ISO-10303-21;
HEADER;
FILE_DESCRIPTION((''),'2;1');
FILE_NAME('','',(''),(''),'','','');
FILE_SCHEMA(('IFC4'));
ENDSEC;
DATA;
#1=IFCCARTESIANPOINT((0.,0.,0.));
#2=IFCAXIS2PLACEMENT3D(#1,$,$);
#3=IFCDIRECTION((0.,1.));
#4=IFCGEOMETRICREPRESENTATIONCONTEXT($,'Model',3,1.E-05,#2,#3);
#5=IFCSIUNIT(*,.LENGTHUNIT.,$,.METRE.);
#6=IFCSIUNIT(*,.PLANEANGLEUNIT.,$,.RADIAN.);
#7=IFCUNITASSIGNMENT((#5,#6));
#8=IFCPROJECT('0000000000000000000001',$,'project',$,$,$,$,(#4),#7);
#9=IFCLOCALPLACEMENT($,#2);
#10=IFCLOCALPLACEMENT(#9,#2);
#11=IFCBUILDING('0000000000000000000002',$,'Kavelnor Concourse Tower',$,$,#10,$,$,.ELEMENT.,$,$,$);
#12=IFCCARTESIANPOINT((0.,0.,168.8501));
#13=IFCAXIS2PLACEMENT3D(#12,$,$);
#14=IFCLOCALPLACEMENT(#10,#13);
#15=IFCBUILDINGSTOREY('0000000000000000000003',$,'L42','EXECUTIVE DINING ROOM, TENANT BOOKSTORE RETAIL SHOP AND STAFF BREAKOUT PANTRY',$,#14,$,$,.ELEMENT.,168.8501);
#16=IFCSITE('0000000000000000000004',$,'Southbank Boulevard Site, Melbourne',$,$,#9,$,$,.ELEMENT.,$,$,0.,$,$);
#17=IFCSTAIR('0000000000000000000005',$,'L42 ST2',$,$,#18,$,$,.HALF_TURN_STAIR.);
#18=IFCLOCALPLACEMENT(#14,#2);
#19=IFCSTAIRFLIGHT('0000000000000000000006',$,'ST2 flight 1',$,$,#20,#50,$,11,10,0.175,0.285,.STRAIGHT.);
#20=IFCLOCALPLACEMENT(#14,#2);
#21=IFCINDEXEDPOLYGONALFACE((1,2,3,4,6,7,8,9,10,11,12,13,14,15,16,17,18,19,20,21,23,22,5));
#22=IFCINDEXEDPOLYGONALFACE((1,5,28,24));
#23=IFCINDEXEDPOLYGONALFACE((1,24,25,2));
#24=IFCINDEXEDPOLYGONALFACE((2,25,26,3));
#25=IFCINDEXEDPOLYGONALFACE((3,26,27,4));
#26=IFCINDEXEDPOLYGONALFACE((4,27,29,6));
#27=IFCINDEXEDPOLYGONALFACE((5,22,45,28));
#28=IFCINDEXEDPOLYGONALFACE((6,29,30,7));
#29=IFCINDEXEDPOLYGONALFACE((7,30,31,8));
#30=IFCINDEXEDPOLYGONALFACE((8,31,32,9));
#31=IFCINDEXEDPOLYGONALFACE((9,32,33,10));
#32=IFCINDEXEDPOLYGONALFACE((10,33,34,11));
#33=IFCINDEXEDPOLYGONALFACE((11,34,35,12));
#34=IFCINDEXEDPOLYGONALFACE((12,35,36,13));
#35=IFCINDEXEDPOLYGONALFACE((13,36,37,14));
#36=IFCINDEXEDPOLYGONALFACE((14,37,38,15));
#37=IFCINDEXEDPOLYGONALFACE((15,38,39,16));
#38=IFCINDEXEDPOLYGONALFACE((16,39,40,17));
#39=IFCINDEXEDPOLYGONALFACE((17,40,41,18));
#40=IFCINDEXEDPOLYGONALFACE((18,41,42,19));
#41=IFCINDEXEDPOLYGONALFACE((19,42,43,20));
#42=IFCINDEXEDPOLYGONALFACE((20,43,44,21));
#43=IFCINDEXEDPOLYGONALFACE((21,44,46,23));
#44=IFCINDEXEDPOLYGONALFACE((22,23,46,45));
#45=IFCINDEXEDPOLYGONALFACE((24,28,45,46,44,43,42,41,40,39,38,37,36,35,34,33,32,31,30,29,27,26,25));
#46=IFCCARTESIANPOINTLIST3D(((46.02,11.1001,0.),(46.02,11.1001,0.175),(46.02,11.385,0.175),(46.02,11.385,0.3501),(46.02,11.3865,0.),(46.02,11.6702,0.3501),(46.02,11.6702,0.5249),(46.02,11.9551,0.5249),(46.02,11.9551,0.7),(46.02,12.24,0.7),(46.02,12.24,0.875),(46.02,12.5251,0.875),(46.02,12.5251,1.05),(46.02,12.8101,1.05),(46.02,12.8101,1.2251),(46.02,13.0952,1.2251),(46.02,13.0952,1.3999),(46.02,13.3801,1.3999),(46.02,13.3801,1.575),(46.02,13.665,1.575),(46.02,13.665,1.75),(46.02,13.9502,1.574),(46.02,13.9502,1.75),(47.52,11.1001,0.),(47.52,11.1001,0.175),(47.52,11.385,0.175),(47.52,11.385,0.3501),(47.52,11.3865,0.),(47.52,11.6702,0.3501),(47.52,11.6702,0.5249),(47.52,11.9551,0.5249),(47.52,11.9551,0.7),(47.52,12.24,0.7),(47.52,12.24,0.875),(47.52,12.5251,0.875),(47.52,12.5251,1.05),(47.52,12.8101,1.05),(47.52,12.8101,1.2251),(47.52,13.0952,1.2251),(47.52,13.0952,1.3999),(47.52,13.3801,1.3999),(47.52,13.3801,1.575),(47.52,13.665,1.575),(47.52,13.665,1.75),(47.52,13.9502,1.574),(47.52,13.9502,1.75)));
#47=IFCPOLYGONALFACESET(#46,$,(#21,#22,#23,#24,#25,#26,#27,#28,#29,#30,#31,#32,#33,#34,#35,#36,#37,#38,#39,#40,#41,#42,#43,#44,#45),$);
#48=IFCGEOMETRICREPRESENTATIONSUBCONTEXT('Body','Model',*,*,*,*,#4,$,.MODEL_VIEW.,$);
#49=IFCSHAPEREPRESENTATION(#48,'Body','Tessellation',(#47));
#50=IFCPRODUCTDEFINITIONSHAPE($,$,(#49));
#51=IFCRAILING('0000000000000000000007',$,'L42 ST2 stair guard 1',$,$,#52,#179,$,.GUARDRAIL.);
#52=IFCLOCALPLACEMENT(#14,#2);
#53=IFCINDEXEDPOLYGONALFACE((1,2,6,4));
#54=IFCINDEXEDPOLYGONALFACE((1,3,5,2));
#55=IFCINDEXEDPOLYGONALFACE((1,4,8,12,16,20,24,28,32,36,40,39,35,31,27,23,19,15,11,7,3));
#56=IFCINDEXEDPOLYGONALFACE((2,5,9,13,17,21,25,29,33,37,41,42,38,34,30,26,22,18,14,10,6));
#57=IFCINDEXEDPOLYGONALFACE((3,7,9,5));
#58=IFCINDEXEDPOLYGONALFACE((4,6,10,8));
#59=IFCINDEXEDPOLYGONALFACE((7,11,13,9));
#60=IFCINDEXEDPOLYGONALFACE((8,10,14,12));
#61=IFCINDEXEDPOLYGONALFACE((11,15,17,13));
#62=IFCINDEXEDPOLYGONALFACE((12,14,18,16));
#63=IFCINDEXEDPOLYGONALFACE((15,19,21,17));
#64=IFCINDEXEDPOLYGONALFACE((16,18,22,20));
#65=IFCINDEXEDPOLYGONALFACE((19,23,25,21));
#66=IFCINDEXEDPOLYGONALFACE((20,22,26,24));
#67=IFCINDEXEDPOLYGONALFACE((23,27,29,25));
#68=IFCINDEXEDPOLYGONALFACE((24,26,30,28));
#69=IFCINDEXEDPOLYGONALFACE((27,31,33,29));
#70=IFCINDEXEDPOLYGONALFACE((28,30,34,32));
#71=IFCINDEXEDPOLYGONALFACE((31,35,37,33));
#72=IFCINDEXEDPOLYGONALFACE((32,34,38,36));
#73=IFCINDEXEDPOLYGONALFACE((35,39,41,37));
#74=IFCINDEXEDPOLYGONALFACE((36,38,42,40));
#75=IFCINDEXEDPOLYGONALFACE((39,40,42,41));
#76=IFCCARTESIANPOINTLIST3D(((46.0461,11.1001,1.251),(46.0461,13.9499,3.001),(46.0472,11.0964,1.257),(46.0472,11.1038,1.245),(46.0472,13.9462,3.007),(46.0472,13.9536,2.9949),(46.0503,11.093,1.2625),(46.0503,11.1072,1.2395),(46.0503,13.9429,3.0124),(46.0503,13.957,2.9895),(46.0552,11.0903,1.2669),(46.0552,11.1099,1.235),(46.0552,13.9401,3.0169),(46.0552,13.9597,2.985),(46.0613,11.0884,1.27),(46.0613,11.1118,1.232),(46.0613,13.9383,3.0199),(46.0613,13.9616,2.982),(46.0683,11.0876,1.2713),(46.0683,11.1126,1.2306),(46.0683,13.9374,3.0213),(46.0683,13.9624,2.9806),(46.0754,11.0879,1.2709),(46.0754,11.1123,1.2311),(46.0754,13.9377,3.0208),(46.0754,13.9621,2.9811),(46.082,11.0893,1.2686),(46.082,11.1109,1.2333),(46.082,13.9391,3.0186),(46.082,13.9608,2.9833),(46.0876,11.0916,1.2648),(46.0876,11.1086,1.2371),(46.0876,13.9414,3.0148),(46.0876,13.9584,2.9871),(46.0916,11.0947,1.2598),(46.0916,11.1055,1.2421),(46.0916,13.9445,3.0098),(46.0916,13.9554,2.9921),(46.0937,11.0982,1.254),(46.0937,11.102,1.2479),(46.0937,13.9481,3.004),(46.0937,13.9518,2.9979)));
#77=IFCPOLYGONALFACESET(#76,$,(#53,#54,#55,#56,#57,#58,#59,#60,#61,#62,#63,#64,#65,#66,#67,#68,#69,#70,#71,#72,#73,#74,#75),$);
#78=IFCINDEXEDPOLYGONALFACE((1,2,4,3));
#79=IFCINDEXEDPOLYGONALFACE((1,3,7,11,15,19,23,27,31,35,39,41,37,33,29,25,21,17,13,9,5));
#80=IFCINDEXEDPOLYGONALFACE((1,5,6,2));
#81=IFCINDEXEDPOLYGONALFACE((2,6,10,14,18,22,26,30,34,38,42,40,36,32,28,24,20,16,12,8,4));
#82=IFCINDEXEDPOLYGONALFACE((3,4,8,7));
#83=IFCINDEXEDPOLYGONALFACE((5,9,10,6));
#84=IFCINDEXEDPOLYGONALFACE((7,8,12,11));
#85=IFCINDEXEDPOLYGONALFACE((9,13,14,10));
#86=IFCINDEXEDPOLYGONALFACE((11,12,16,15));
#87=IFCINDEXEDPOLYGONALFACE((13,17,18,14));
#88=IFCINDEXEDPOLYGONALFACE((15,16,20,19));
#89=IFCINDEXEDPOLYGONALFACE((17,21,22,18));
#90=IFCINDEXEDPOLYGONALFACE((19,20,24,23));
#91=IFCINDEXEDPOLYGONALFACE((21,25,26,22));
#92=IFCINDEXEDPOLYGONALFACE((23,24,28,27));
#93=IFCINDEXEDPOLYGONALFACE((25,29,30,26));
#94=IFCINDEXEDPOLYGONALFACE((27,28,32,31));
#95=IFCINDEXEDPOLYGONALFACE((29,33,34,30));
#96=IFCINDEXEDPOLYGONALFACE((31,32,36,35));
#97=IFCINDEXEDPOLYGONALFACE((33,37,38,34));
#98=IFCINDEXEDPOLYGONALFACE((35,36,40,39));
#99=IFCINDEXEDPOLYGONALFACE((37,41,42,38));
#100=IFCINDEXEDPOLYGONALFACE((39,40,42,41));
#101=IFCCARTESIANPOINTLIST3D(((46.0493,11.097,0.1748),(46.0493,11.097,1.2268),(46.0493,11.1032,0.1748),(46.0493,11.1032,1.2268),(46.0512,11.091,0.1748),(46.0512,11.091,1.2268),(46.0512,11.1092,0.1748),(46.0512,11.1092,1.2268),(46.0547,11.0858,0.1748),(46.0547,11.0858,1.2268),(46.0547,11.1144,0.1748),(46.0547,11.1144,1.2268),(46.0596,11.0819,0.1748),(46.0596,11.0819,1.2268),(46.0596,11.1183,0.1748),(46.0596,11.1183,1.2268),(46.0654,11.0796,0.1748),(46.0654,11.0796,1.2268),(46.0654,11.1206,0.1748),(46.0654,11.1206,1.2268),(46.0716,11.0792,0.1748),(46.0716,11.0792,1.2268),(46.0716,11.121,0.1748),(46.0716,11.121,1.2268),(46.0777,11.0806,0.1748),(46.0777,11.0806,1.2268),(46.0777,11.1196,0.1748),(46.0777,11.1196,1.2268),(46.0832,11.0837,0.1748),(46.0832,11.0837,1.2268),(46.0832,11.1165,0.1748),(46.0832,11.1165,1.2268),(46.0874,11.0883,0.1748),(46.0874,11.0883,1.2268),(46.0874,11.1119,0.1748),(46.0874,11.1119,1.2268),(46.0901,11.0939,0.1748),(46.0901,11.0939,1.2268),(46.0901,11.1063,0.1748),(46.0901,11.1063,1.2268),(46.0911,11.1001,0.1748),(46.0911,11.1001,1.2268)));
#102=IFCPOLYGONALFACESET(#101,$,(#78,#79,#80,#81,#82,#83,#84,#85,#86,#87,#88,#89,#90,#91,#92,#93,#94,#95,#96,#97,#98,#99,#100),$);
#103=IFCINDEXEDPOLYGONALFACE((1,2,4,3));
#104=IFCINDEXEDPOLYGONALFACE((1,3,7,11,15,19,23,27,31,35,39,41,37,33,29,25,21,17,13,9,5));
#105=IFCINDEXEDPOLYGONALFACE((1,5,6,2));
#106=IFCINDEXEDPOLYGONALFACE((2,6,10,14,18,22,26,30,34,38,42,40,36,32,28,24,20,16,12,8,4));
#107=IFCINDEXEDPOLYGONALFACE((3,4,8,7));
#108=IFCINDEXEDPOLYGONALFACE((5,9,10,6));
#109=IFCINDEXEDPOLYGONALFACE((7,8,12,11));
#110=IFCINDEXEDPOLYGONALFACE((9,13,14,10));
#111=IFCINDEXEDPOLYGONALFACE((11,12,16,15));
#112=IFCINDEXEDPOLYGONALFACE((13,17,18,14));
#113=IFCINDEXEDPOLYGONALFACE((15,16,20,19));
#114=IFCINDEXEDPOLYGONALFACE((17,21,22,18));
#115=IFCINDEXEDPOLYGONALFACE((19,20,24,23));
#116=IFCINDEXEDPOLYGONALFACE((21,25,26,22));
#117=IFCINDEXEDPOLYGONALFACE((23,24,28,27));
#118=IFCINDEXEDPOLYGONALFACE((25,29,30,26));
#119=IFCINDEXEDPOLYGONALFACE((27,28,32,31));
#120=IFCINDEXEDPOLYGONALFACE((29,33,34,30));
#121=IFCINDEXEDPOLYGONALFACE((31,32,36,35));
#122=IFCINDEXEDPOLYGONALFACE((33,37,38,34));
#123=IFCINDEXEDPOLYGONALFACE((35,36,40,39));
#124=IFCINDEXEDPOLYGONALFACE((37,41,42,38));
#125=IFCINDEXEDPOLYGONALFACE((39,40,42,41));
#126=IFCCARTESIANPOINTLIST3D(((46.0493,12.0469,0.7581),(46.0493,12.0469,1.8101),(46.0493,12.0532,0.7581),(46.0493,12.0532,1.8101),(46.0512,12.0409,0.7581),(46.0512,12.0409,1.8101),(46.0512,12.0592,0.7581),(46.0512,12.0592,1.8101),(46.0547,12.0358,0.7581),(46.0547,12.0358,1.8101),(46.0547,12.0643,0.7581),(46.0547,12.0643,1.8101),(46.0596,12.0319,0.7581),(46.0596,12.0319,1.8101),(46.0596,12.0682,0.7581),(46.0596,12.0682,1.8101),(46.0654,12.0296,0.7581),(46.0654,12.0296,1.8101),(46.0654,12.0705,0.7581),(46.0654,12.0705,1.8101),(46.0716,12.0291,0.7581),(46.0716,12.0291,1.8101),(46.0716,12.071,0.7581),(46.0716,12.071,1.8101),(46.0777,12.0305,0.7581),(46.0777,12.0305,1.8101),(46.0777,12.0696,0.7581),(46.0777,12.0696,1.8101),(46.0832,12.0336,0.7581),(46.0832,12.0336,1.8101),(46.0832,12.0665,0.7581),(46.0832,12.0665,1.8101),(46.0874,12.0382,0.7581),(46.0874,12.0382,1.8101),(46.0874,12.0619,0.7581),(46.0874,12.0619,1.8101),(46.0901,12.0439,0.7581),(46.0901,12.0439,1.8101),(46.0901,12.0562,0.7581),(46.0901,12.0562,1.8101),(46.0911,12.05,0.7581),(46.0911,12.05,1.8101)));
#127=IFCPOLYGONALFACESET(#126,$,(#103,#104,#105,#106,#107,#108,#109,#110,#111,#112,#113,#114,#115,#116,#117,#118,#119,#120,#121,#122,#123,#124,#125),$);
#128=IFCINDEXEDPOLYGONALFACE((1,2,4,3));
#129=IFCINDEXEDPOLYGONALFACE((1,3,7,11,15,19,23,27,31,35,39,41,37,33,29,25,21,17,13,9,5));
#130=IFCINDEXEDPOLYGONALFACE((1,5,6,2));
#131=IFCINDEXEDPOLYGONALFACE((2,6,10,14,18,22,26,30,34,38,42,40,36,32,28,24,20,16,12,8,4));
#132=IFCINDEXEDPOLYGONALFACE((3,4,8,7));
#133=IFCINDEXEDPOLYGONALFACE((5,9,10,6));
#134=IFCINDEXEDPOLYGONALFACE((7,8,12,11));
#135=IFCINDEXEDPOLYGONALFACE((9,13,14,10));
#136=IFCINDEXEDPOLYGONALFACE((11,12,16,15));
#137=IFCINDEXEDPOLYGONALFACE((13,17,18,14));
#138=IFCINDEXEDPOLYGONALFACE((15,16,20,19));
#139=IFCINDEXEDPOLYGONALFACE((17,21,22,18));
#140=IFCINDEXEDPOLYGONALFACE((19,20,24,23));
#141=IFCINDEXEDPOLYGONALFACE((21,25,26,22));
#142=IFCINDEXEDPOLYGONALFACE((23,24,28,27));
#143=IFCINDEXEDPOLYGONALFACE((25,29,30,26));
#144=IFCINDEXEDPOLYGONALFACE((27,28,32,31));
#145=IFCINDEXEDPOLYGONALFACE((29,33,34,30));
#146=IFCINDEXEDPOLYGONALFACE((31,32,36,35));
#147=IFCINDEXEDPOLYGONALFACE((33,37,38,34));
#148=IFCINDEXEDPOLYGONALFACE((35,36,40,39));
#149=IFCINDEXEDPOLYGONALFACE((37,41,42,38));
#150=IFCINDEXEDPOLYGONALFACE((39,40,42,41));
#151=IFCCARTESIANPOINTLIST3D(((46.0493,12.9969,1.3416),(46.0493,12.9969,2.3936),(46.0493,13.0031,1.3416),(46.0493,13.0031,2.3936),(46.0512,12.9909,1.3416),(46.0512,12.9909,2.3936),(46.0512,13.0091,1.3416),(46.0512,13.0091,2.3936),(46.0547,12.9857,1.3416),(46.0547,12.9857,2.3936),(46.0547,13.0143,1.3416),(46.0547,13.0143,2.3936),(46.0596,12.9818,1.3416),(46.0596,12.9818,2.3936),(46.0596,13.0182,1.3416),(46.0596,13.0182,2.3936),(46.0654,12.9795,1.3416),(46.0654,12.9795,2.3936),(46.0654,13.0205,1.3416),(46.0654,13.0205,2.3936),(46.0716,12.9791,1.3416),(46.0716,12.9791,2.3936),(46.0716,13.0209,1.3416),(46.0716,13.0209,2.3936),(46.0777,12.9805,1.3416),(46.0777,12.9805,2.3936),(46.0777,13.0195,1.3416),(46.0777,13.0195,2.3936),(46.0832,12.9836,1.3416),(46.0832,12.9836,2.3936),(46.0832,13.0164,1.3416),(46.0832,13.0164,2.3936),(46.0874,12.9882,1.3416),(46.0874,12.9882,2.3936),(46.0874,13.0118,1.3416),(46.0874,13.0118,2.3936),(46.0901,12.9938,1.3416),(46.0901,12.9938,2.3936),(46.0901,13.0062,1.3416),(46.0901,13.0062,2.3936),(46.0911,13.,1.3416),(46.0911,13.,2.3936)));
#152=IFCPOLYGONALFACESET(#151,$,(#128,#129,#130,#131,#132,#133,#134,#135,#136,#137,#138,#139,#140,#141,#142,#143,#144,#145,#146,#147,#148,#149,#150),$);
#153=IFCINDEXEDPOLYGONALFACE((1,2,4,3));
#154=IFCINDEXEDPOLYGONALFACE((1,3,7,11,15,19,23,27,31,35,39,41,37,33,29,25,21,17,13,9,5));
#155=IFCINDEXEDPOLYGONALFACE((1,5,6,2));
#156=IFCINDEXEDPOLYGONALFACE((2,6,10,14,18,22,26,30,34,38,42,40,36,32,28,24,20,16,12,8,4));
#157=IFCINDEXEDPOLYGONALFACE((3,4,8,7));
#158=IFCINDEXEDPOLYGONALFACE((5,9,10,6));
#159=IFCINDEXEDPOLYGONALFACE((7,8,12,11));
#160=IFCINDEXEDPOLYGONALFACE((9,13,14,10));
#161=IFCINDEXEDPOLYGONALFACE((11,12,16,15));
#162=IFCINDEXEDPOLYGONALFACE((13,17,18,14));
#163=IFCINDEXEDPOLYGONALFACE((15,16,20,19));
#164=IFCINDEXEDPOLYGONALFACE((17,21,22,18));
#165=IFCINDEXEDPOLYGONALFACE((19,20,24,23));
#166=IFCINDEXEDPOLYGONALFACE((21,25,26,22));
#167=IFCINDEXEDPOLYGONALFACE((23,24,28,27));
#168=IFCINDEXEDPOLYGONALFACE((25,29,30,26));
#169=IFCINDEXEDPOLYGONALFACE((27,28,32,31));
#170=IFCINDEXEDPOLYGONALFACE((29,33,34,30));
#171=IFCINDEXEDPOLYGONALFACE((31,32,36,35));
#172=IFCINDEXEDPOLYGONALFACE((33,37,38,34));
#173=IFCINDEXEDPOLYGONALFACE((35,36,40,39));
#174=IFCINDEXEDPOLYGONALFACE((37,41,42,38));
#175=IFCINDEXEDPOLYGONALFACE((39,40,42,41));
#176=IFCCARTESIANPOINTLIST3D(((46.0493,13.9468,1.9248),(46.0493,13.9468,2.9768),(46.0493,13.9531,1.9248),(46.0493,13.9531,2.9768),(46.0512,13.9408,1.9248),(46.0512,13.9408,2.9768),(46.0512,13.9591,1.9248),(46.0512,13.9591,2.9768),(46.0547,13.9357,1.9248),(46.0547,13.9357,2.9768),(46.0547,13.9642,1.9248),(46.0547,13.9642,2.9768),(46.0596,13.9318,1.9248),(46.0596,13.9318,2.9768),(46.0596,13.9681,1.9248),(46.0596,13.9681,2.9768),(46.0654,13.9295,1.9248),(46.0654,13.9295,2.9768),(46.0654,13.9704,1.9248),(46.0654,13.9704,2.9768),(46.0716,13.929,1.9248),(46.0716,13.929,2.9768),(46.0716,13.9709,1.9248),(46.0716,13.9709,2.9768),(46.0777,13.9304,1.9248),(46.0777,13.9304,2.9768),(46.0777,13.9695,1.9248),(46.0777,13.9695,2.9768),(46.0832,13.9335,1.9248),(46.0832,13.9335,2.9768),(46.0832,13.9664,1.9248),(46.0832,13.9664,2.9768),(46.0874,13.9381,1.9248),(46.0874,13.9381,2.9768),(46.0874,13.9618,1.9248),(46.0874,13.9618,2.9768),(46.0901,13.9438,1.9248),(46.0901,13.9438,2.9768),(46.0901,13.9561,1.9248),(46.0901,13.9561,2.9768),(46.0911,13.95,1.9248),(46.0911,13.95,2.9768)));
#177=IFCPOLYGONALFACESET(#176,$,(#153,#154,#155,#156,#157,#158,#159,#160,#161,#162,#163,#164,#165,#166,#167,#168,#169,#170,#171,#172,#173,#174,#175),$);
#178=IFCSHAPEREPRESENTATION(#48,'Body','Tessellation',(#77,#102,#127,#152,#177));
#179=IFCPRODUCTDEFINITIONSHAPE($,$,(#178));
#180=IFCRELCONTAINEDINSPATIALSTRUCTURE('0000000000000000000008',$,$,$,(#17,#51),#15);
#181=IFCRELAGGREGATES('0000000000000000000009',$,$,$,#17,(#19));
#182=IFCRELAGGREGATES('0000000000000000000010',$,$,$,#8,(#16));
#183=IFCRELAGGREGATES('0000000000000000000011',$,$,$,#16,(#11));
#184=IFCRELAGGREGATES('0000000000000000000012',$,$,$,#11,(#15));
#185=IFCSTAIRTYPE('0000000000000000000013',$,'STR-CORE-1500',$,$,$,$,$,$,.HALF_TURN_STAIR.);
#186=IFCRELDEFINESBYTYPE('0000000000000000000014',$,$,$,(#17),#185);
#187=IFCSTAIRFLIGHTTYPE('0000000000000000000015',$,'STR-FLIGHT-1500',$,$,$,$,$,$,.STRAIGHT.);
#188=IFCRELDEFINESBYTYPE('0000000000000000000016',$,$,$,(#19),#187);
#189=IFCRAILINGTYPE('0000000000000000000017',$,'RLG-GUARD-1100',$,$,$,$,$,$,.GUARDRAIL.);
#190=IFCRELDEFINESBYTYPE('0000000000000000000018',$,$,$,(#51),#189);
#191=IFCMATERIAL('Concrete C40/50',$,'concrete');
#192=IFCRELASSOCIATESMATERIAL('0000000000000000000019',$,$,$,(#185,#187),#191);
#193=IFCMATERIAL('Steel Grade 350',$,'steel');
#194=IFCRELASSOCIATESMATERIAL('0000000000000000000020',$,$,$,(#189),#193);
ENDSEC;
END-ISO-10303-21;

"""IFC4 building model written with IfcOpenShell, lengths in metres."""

from ifc_helpers import new_model, si_unit, direction, frame, origin, origin_2d, place, context, subcontext, project, spatial, polyline, circle, outline, extrude, material, type_object, element, aggregate, save


model = new_model("IFC4")

# Units and contexts
model_context = context("Model", 3, precision=1e-05, world=origin(), true_north=direction((0.0, 1.0)))
body_context = subcontext(model_context, "Body", "Model", "MODEL_VIEW")
ifc_project = project(units=[si_unit("LENGTHUNIT", "METRE"), si_unit("PLANEANGLEUNIT", "RADIAN")], contexts=[model_context])

# Site, building, storey
site_placement = place(None, origin())
site = spatial("IfcSite", under=ifc_project, at=site_placement, Name="Southbank Boulevard Site, Melbourne", CompositionType="ELEMENT", RefElevation=0.0)
building_placement = place(site_placement, origin())
building = spatial("IfcBuilding", under=site, at=building_placement, Name="Kavelnor Concourse Tower", CompositionType="ELEMENT")
storey_placement = place(building_placement, frame((0.0, 0.0, 168.8501)))
storey = spatial("IfcBuildingStorey", under=building, at=storey_placement, Name="L42", Description="EXECUTIVE DINING ROOM, TENANT BOOKSTORE RETAIL SHOP AND STAFF BREAKOUT PANTRY", CompositionType="ELEMENT", Elevation=168.8501)

# Shared definitions
ifc_material_1 = material(Name="Steel Grade 350", Category="steel")

# Stair, stair flight
ifc_material_2 = material(Name="Concrete C40/50", Category="concrete")
stair_type = type_object("IfcStairType", Name="STR-CORE-1500", PredefinedType="HALF_TURN_STAIR", material=ifc_material_2)
stair_placement = place(storey_placement, origin())
stair = element("IfcStair", 1, at=stair_placement, inside=storey, type_object=stair_type, Name="L42 ST2", PredefinedType="HALF_TURN_STAIR")
stair_flight_type = type_object("IfcStairFlightType", Name="STR-FLIGHT-1500", PredefinedType="STRAIGHT", material=ifc_material_2)
stair_flight_placement = place(storey_placement, frame((46.77, 11.1001, 0.0), z_axis=(0.0, 0.0, 1.0), x_axis=(0.0, 1.0, 0.0)))
stair_flight = element("IfcStairFlight", 2, at=stair_flight_placement, type_object=stair_flight_type, Name="ST2 flight 1", NumberOfRisers=11, NumberOfTreads=10, PredefinedType="STRAIGHT", RiserHeight=0.175, TreadLength=0.285, context=body_context, shape_type="SweptSolid", body=[
    extrude(outline(polyline([(0.0, 0.0), (0.0, 0.175), (0.2849, 0.175), (0.2849, 0.3501), (0.5701, 0.3501), (0.5701, 0.5249), (0.855, 0.5249), (0.855, 0.7), (1.1399, 0.7), (1.1399, 0.875), (1.425, 0.875), (1.425, 1.05), (1.71, 1.05), (1.71, 1.2251), (1.9951, 1.2251), (1.9951, 1.3999), (2.28, 1.3999), (2.28, 1.575), (2.5649, 1.575), (2.5649, 1.75), (2.8501, 1.75), (2.8501, 1.925), (2.8501, 1.574), (0.2864, 0.0), (0.0, 0.0)])), frame((0.0, 0.75, 0.0), z_axis=(0.0, -1.0, 0.0), x_axis=(1.0, 0.0, 0.0)), (0.0, 0.0, 1.0), 1.5),
])
aggregate(stair, [stair_flight])

# Railing
railing_type_1 = type_object("IfcRailingType", Name="RLG-GUARD-1100", PredefinedType="GUARDRAIL", material=ifc_material_1)
railing_1_placement = place(storey_placement, frame((46.0701, 11.1001, 0.1748)))
element("IfcRailing", 3, at=railing_1_placement, inside=storey, type_object=railing_type_1, Name="L42 ST2 stair guard 1", PredefinedType="GUARDRAIL", context=body_context, shape_type="SweptSolid", body=[
    extrude(circle(Radius=0.0239, at=origin_2d()), frame((0.0, 0.0, 1.0762), z_axis=(0.0, 0.852159, 0.523283), x_axis=(-1.0, 0.0, 0.0)), (0.0, 0.0, 1.0), 3.3442),
    extrude(circle(Radius=0.021, at=origin_2d()), origin(), (0.0, 0.0, 1.0), 1.052),
    extrude(circle(Radius=0.021, at=origin_2d()), frame((0.0, 0.95, 0.5833)), (0.0, 0.0, 1.0), 1.052),
    extrude(circle(Radius=0.021, at=origin_2d()), frame((0.0, 1.8999, 1.1667)), (0.0, 0.0, 1.0), 1.052),
    extrude(circle(Radius=0.021, at=origin_2d()), frame((0.0, 2.8499, 1.75)), (0.0, 0.0, 1.0), 1.052),
])

save(model, "model.ifc")
